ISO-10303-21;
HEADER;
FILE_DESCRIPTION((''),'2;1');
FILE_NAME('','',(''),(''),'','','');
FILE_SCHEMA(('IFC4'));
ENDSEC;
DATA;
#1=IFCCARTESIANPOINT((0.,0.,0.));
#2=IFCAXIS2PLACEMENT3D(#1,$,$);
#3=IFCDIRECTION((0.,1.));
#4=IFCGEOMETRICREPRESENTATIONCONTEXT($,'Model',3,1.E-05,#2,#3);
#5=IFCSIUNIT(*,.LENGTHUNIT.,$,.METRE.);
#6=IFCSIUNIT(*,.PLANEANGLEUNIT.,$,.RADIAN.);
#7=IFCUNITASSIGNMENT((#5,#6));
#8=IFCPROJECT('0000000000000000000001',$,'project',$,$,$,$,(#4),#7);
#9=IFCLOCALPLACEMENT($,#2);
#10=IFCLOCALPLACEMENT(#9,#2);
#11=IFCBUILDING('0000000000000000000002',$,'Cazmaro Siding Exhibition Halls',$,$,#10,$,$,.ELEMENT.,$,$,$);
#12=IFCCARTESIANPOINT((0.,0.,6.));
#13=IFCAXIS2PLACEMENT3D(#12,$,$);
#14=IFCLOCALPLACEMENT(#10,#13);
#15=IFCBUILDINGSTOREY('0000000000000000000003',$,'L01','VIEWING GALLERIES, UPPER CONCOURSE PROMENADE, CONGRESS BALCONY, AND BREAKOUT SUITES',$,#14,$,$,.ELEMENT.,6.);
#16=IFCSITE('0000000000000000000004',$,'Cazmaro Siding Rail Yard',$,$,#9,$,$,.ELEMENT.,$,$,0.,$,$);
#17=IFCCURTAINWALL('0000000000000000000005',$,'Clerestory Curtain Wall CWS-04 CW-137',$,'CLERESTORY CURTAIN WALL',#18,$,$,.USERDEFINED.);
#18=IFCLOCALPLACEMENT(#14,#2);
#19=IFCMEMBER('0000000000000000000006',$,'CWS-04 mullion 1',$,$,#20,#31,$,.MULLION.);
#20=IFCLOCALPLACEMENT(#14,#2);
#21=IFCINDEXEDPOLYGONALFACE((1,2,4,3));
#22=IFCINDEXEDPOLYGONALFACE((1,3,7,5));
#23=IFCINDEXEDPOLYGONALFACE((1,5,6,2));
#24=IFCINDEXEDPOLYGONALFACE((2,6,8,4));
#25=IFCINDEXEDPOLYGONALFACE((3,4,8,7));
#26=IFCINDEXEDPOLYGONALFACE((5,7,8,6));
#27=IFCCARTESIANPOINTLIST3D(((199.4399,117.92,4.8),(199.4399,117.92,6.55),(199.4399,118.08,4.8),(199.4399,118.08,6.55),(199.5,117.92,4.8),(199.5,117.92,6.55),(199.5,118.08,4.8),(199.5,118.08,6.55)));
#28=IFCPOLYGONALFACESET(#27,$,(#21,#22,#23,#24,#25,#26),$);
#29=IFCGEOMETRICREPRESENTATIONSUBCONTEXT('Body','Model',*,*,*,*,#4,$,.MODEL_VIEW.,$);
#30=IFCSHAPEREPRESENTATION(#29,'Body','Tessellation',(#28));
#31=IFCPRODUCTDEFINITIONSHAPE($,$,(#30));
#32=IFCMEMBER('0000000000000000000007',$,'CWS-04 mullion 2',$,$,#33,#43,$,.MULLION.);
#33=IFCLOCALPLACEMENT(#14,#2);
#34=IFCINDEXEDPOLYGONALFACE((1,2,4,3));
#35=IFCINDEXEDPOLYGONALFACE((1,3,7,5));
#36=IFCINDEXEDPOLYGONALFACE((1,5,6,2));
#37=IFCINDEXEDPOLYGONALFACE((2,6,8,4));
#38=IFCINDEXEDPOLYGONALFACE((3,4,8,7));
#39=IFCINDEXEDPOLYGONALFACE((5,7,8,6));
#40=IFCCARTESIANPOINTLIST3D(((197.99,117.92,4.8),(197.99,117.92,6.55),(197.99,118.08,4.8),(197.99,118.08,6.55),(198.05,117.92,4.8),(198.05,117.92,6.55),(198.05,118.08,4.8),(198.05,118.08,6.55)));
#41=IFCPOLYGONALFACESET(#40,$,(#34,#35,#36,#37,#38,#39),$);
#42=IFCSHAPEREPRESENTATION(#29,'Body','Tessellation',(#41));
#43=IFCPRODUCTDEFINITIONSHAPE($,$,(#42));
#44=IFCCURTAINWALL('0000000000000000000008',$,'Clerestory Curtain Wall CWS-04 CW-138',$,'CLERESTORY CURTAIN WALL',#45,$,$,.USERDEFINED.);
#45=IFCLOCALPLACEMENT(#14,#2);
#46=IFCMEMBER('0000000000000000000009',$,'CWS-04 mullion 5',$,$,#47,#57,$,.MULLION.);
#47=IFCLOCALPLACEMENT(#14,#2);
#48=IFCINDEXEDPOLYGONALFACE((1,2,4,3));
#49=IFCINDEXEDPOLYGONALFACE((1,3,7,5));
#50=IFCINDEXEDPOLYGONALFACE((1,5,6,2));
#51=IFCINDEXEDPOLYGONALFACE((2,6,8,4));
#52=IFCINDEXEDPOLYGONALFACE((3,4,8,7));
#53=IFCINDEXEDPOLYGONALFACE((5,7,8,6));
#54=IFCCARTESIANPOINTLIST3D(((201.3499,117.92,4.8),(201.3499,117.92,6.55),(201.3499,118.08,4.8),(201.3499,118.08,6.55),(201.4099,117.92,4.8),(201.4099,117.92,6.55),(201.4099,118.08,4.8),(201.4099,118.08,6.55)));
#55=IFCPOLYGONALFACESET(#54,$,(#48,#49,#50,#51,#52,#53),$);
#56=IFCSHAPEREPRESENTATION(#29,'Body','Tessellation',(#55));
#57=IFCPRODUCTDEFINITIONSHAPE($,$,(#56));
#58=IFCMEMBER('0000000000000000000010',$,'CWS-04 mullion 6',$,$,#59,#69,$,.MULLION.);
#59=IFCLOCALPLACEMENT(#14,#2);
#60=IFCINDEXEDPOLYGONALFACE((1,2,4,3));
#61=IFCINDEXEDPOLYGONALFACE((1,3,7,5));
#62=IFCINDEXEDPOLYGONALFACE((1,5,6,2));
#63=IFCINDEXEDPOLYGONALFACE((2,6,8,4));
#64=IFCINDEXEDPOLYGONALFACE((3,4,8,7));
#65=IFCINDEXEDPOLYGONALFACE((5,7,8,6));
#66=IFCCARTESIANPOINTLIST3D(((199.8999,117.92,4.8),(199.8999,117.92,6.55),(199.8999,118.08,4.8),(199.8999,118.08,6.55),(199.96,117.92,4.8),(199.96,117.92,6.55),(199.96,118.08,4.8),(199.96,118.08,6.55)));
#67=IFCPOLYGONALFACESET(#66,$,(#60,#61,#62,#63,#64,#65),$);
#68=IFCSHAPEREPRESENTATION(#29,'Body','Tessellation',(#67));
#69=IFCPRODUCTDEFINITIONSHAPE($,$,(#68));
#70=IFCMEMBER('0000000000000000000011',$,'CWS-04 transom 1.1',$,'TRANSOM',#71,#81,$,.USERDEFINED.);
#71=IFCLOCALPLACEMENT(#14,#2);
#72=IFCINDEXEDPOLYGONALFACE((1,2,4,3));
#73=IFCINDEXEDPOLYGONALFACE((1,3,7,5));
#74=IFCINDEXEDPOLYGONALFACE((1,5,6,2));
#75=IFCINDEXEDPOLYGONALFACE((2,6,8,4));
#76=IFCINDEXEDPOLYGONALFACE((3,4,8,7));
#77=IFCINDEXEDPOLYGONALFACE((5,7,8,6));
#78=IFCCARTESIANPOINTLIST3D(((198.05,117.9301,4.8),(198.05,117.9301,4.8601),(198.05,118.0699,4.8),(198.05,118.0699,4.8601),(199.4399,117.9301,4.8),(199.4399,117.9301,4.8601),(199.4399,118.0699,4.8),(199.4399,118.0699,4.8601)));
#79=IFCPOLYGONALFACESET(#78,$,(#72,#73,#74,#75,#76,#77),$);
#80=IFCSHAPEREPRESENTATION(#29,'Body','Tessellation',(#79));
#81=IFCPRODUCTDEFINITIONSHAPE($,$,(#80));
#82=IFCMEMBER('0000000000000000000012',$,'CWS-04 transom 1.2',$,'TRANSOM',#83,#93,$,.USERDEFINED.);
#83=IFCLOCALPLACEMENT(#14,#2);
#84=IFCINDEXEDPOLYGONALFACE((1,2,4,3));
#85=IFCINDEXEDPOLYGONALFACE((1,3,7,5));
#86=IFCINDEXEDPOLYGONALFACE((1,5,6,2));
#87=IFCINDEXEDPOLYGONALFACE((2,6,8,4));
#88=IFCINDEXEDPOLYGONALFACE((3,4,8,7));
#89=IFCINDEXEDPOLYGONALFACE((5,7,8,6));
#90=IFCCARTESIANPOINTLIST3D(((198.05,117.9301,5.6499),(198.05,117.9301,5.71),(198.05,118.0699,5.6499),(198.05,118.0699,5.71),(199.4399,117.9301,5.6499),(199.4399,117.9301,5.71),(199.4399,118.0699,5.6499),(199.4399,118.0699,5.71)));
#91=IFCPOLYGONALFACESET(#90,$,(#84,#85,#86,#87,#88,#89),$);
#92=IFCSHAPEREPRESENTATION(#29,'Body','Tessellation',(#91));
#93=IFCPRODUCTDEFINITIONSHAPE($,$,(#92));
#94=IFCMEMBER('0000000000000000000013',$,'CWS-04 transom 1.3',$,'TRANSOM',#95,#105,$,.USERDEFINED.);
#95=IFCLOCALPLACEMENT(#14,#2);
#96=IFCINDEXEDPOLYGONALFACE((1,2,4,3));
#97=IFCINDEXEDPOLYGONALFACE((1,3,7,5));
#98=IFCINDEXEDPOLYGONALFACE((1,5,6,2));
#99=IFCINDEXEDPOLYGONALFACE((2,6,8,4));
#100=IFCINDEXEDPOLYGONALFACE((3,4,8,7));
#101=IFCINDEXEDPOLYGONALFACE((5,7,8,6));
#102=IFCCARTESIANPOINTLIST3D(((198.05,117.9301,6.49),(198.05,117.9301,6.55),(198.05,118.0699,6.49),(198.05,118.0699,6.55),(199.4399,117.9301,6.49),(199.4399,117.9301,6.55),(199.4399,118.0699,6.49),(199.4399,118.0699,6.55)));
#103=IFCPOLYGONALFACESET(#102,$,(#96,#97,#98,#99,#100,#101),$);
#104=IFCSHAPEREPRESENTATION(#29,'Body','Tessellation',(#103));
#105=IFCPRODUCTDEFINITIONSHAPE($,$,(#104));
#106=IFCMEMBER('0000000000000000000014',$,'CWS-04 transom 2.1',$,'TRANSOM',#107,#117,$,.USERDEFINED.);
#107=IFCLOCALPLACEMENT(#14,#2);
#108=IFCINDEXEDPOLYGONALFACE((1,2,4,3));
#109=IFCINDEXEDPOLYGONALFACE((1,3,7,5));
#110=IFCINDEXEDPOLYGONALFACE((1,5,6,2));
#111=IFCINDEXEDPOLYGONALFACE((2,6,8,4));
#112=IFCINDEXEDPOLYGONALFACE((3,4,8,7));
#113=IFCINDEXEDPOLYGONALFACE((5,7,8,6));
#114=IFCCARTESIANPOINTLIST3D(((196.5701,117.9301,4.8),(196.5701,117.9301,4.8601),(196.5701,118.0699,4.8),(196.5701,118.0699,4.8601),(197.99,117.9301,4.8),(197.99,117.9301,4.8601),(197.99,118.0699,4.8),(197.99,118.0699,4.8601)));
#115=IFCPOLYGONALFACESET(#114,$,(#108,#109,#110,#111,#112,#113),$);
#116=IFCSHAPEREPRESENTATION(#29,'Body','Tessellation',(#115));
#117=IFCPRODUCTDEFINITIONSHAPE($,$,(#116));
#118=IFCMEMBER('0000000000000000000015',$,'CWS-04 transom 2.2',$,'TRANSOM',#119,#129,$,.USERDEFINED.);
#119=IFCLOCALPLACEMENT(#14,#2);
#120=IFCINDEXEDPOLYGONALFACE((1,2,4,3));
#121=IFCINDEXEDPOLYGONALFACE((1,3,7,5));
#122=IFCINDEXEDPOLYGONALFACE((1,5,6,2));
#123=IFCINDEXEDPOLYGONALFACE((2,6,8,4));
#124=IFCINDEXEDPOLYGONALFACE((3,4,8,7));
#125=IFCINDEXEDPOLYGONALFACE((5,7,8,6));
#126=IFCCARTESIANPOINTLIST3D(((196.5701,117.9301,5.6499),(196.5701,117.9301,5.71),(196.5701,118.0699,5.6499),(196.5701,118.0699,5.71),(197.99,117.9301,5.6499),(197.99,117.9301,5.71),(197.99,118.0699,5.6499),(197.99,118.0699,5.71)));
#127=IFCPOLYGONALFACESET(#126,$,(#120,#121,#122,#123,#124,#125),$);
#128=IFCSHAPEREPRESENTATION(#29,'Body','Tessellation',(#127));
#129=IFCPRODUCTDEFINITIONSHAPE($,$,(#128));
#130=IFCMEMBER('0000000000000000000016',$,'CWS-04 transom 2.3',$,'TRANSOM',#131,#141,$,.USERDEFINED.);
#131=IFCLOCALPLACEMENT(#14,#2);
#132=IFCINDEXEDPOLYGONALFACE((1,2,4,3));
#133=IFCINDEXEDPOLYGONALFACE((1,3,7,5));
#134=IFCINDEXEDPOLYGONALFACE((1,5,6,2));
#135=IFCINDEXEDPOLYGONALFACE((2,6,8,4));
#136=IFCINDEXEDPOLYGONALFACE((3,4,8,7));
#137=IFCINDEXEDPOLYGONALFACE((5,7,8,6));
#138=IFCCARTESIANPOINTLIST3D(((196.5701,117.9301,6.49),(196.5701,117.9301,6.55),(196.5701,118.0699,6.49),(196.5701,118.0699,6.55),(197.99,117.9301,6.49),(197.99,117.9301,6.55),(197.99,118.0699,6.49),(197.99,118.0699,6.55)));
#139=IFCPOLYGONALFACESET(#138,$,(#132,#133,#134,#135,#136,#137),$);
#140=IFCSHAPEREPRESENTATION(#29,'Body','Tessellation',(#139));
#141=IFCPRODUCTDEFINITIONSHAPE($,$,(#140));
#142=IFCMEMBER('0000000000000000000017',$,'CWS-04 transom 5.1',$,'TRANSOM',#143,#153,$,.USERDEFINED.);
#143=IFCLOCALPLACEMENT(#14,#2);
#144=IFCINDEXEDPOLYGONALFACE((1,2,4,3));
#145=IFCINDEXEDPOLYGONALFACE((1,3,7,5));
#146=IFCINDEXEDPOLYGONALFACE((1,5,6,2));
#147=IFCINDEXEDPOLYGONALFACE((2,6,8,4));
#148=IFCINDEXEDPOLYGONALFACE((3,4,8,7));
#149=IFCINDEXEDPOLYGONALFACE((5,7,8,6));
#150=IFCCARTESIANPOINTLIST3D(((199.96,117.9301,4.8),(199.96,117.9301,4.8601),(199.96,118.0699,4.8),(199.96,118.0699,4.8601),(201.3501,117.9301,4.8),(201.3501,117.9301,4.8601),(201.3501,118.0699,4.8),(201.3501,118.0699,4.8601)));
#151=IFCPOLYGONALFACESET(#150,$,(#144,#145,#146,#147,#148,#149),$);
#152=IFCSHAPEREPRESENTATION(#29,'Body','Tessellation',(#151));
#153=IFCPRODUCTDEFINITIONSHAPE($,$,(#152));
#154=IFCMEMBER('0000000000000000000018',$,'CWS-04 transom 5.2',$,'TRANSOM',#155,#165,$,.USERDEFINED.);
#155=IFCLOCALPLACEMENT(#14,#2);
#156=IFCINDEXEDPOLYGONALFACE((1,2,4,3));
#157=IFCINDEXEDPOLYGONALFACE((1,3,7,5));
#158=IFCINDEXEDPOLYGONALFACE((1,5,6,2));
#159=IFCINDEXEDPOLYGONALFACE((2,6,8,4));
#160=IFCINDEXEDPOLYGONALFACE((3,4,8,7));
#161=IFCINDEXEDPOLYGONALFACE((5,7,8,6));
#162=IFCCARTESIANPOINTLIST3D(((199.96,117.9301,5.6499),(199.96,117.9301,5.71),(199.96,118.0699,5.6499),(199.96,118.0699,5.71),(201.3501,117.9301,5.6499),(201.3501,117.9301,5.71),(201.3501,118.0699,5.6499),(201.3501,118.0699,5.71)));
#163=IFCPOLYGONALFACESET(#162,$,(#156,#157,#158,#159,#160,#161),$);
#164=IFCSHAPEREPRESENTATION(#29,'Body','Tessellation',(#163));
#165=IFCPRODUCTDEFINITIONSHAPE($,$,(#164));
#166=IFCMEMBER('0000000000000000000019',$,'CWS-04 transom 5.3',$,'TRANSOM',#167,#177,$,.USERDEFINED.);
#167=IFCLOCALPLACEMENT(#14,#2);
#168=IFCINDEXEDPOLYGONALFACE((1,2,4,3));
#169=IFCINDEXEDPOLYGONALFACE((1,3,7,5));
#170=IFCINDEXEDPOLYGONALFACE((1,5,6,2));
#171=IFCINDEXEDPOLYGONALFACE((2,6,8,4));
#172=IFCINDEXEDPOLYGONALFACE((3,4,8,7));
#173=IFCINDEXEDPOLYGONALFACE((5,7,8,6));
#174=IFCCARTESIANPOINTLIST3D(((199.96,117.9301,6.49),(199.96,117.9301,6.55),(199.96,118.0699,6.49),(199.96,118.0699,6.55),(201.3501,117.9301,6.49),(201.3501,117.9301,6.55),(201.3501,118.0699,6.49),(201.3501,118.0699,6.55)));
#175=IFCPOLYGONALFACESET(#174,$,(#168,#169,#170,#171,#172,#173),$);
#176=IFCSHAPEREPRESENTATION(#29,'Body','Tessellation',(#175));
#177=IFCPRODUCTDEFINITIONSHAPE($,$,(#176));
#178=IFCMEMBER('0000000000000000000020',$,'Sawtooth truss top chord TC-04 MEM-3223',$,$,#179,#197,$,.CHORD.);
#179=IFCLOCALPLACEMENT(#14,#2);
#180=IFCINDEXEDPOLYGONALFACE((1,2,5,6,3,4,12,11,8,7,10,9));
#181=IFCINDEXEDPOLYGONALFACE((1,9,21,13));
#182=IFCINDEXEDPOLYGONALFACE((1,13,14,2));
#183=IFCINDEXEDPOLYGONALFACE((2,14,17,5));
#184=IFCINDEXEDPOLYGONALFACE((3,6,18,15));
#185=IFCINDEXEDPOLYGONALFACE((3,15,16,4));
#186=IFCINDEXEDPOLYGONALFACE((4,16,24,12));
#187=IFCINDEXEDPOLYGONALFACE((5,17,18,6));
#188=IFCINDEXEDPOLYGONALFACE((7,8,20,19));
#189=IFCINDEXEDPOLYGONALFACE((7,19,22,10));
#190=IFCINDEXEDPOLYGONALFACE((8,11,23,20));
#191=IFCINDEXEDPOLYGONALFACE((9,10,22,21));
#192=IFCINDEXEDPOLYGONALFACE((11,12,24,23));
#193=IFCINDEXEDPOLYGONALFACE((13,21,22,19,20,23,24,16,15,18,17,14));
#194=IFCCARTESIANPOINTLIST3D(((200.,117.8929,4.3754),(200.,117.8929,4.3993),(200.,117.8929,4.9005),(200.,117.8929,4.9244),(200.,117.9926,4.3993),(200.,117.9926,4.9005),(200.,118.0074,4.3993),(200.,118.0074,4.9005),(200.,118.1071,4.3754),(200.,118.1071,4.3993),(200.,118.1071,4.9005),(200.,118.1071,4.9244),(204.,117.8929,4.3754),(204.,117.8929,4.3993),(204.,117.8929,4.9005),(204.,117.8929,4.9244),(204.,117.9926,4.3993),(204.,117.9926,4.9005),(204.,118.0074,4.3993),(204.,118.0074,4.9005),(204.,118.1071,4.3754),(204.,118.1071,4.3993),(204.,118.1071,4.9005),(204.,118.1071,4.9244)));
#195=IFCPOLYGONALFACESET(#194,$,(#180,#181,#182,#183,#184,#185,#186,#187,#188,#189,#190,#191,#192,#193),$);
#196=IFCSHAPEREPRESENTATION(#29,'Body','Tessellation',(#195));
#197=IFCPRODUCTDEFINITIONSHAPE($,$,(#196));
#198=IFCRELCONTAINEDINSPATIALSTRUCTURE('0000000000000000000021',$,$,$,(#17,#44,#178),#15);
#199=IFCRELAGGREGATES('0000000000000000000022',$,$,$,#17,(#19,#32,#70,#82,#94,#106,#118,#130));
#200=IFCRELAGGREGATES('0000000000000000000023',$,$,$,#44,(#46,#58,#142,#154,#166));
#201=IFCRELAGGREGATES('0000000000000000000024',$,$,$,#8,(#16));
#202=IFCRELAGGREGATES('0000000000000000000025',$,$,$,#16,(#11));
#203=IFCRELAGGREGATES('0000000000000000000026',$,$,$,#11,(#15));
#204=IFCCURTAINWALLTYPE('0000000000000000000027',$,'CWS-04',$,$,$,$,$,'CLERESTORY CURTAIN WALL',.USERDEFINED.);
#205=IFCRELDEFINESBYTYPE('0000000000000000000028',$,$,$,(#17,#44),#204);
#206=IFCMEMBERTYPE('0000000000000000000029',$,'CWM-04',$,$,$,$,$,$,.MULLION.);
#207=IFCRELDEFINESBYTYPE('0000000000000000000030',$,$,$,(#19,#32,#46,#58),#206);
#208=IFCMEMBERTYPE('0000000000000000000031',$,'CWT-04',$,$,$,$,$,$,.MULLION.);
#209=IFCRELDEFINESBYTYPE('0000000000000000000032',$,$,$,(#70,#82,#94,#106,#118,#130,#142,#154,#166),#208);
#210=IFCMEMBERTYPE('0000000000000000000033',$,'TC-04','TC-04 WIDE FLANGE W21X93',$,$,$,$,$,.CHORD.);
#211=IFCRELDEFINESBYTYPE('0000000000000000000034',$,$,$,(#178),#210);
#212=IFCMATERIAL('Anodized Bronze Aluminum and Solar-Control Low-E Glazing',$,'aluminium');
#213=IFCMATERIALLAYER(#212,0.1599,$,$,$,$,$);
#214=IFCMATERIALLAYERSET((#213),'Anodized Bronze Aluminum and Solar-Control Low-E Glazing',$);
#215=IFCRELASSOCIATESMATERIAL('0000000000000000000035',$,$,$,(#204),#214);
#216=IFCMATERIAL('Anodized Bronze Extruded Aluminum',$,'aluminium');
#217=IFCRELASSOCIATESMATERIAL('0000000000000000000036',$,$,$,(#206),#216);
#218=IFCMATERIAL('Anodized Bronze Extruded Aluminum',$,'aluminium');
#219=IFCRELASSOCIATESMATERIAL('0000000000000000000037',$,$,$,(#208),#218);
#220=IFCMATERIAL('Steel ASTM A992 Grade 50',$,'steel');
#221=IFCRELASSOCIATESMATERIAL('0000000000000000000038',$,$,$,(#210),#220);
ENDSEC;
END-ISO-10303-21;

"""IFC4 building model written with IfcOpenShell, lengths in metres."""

from ifc_helpers import new_model, si_unit, direction, frame, origin, origin_2d, place, context, subcontext, project, spatial, rectangle, i_section, extrude, material, layer, layer_set, material_profile, profile_set, type_object, element, aggregate, save


model = new_model("IFC4")

# Units and contexts
model_context = context("Model", 3, precision=1e-05, world=origin(), true_north=direction((0.0, 1.0)))
body_context = subcontext(model_context, "Body", "Model", "MODEL_VIEW")
ifc_project = project(units=[si_unit("LENGTHUNIT", "METRE"), si_unit("PLANEANGLEUNIT", "RADIAN")], contexts=[model_context])

# Site, building, storey
site_placement = place(None, origin())
site = spatial("IfcSite", under=ifc_project, at=site_placement, Name="Cazmaro Siding Rail Yard", CompositionType="ELEMENT", RefElevation=0.0)
building_placement = place(site_placement, origin())
building = spatial("IfcBuilding", under=site, at=building_placement, Name="Cazmaro Siding Exhibition Halls", CompositionType="ELEMENT")
storey_placement = place(building_placement, frame((0.0, 0.0, 6.0)))
storey = spatial("IfcBuildingStorey", under=building, at=storey_placement, Name="L01", Description="VIEWING GALLERIES, UPPER CONCOURSE PROMENADE, CONGRESS BALCONY, AND BREAKOUT SUITES", CompositionType="ELEMENT", Elevation=6.0)

# Curtain walls, members
ifc_material_1 = material(Name="Anodized Bronze Aluminum and Solar-Control Low-E Glazing", Category="aluminium")
ifc_layer_1 = layer(ifc_material_1, 0.1599)
ifc_layer_set_1 = layer_set([ifc_layer_1], Name="Anodized Bronze Aluminum and Solar-Control Low-E Glazing")
curtain_wall_type = type_object("IfcCurtainWallType", Name="CWS-04", ElementType="CLERESTORY CURTAIN WALL", PredefinedType="USERDEFINED", material=ifc_layer_set_1)
curtain_wall_1_placement = place(storey_placement, origin())
curtain_wall_1 = element("IfcCurtainWall", 1, at=curtain_wall_1_placement, inside=storey, type_object=curtain_wall_type, Name="Clerestory Curtain Wall CWS-04 CW-137", ObjectType="CLERESTORY CURTAIN WALL", PredefinedType="USERDEFINED")
ifc_material_2 = material(Name="Anodized Bronze Extruded Aluminum", Category="aluminium")
ifc_material_profile_1 = material_profile(ifc_material_2, rectangle(XDim=0.1599, YDim=0.0601, at=origin_2d()), Name="CWM-04")
ifc_profile_set_1 = profile_set([ifc_material_profile_1], Name="Anodized Bronze Extruded Aluminum")
member_type_1 = type_object("IfcMemberType", Name="CWM-04", PredefinedType="MULLION", material=ifc_profile_set_1)
member_1_placement = place(storey_placement, frame((199.47, 118.0, 4.8), z_axis=(0.0, 0.0, 1.0), x_axis=(0.0, -1.0, 0.0)))
member_1 = element("IfcMember", 2, at=member_1_placement, type_object=member_type_1, Name="CWS-04 mullion 1", PredefinedType="MULLION", context=body_context, shape_type="SweptSolid", body=[
    extrude(rectangle(XDim=0.1599, YDim=0.0601, at=origin_2d()), origin(), (0.0, 0.0, 1.0), 1.75),
])
member_2_placement = place(storey_placement, frame((198.02, 118.0, 4.8), z_axis=(0.0, 0.0, 1.0), x_axis=(0.0, -1.0, 0.0)))
member_2 = element("IfcMember", 3, at=member_2_placement, type_object=member_type_1, Name="CWS-04 mullion 2", PredefinedType="MULLION", context=body_context, shape_type="SweptSolid", body=[
    extrude(rectangle(XDim=0.1599, YDim=0.0601, at=origin_2d()), origin(), (0.0, 0.0, 1.0), 1.75),
])
curtain_wall_2_placement = place(storey_placement, origin())
curtain_wall_2 = element("IfcCurtainWall", 4, at=curtain_wall_2_placement, inside=storey, type_object=curtain_wall_type, Name="Clerestory Curtain Wall CWS-04 CW-138", ObjectType="CLERESTORY CURTAIN WALL", PredefinedType="USERDEFINED")
member_3_placement = place(storey_placement, frame((201.3799, 118.0, 4.8), z_axis=(0.0, 0.0, 1.0), x_axis=(0.0, -1.0, 0.0)))
member_3 = element("IfcMember", 5, at=member_3_placement, type_object=member_type_1, Name="CWS-04 mullion 5", PredefinedType="MULLION", context=body_context, shape_type="SweptSolid", body=[
    extrude(rectangle(XDim=0.1599, YDim=0.0601, at=origin_2d()), origin(), (0.0, 0.0, 1.0), 1.75),
])
member_4_placement = place(storey_placement, frame((199.9299, 118.0, 4.8), z_axis=(0.0, 0.0, 1.0), x_axis=(0.0, -1.0, 0.0)))
member_4 = element("IfcMember", 6, at=member_4_placement, type_object=member_type_1, Name="CWS-04 mullion 6", PredefinedType="MULLION", context=body_context, shape_type="SweptSolid", body=[
    extrude(rectangle(XDim=0.1599, YDim=0.0601, at=origin_2d()), origin(), (0.0, 0.0, 1.0), 1.75),
])

# Members
ifc_material_3 = material(Name="Anodized Bronze Extruded Aluminum", Category="aluminium")
ifc_material_profile_2 = material_profile(ifc_material_3, rectangle(XDim=0.1399, YDim=0.0601, at=origin_2d()), Name="CWT-04")
ifc_profile_set_2 = profile_set([ifc_material_profile_2], Name="Anodized Bronze Extruded Aluminum")
member_type_2 = type_object("IfcMemberType", Name="CWT-04", PredefinedType="MULLION", material=ifc_profile_set_2)
member_5_placement = place(storey_placement, frame((199.4399, 118.0, 4.8301), z_axis=(-1.0, 0.0, 0.0), x_axis=(0.0, -1.0, 0.0)))
member_5 = element("IfcMember", 7, at=member_5_placement, type_object=member_type_2, Name="CWS-04 transom 1.1", ObjectType="TRANSOM", PredefinedType="USERDEFINED", context=body_context, shape_type="SweptSolid", body=[
    extrude(rectangle(XDim=0.1399, YDim=0.0601, at=origin_2d()), origin(), (0.0, 0.0, 1.0), 1.3899),
])
member_6_placement = place(storey_placement, frame((199.4399, 118.0, 5.6799), z_axis=(-1.0, 0.0, 0.0), x_axis=(0.0, -1.0, 0.0)))
member_6 = element("IfcMember", 8, at=member_6_placement, type_object=member_type_2, Name="CWS-04 transom 1.2", ObjectType="TRANSOM", PredefinedType="USERDEFINED", context=body_context, shape_type="SweptSolid", body=[
    extrude(rectangle(XDim=0.1399, YDim=0.0601, at=origin_2d()), origin(), (0.0, 0.0, 1.0), 1.3899),
])
member_7_placement = place(storey_placement, frame((199.4399, 118.0, 6.52), z_axis=(-1.0, 0.0, 0.0), x_axis=(0.0, -1.0, 0.0)))
member_7 = element("IfcMember", 9, at=member_7_placement, type_object=member_type_2, Name="CWS-04 transom 1.3", ObjectType="TRANSOM", PredefinedType="USERDEFINED", context=body_context, shape_type="SweptSolid", body=[
    extrude(rectangle(XDim=0.1399, YDim=0.0601, at=origin_2d()), origin(), (0.0, 0.0, 1.0), 1.3899),
])
member_8_placement = place(storey_placement, frame((197.99, 118.0, 4.8301), z_axis=(-1.0, 0.0, 0.0), x_axis=(0.0, -1.0, 0.0)))
member_8 = element("IfcMember", 10, at=member_8_placement, type_object=member_type_2, Name="CWS-04 transom 2.1", ObjectType="TRANSOM", PredefinedType="USERDEFINED", context=body_context, shape_type="SweptSolid", body=[
    extrude(rectangle(XDim=0.1399, YDim=0.0601, at=origin_2d()), origin(), (0.0, 0.0, 1.0), 1.4199),
])
member_9_placement = place(storey_placement, frame((197.99, 118.0, 5.6799), z_axis=(-1.0, 0.0, 0.0), x_axis=(0.0, -1.0, 0.0)))
member_9 = element("IfcMember", 11, at=member_9_placement, type_object=member_type_2, Name="CWS-04 transom 2.2", ObjectType="TRANSOM", PredefinedType="USERDEFINED", context=body_context, shape_type="SweptSolid", body=[
    extrude(rectangle(XDim=0.1399, YDim=0.0601, at=origin_2d()), origin(), (0.0, 0.0, 1.0), 1.4199),
])
member_10_placement = place(storey_placement, frame((197.99, 118.0, 6.52), z_axis=(-1.0, 0.0, 0.0), x_axis=(0.0, -1.0, 0.0)))
member_10 = element("IfcMember", 12, at=member_10_placement, type_object=member_type_2, Name="CWS-04 transom 2.3", ObjectType="TRANSOM", PredefinedType="USERDEFINED", context=body_context, shape_type="SweptSolid", body=[
    extrude(rectangle(XDim=0.1399, YDim=0.0601, at=origin_2d()), origin(), (0.0, 0.0, 1.0), 1.4199),
])
member_11_placement = place(storey_placement, frame((201.3501, 118.0, 4.8301), z_axis=(-1.0, 0.0, 0.0), x_axis=(0.0, -1.0, 0.0)))
member_11 = element("IfcMember", 13, at=member_11_placement, type_object=member_type_2, Name="CWS-04 transom 5.1", ObjectType="TRANSOM", PredefinedType="USERDEFINED", context=body_context, shape_type="SweptSolid", body=[
    extrude(rectangle(XDim=0.1399, YDim=0.0601, at=origin_2d()), origin(), (0.0, 0.0, 1.0), 1.3901),
])
member_12_placement = place(storey_placement, frame((201.3501, 118.0, 5.6799), z_axis=(-1.0, 0.0, 0.0), x_axis=(0.0, -1.0, 0.0)))
member_12 = element("IfcMember", 14, at=member_12_placement, type_object=member_type_2, Name="CWS-04 transom 5.2", ObjectType="TRANSOM", PredefinedType="USERDEFINED", context=body_context, shape_type="SweptSolid", body=[
    extrude(rectangle(XDim=0.1399, YDim=0.0601, at=origin_2d()), origin(), (0.0, 0.0, 1.0), 1.3901),
])
member_13_placement = place(storey_placement, frame((201.3501, 118.0, 6.52), z_axis=(-1.0, 0.0, 0.0), x_axis=(0.0, -1.0, 0.0)))
member_13 = element("IfcMember", 15, at=member_13_placement, type_object=member_type_2, Name="CWS-04 transom 5.3", ObjectType="TRANSOM", PredefinedType="USERDEFINED", context=body_context, shape_type="SweptSolid", body=[
    extrude(rectangle(XDim=0.1399, YDim=0.0601, at=origin_2d()), origin(), (0.0, 0.0, 1.0), 1.3901),
])

# Member
ifc_material_4 = material(Name="Steel ASTM A992 Grade 50", Category="steel")
ifc_material_profile_3 = material_profile(ifc_material_4, i_section(OverallWidth=0.2141, OverallDepth=0.5491, WebThickness=0.0149, FlangeThickness=0.0239, at=origin_2d()), Name="W21X93")
ifc_profile_set_3 = profile_set([ifc_material_profile_3], Name="Steel ASTM A992 Grade 50")
member_type_3 = type_object("IfcMemberType", Name="TC-04", Description="TC-04 WIDE FLANGE W21X93", PredefinedType="CHORD", material=ifc_profile_set_3)
member_14_placement = place(storey_placement, frame((200.0, 118.0, 4.6499), z_axis=(1.0, 0.0, 0.0), x_axis=(0.0, 1.0, 0.0)))
element("IfcMember", 16, at=member_14_placement, inside=storey, type_object=member_type_3, Name="Sawtooth truss top chord TC-04 MEM-3223", PredefinedType="CHORD", context=body_context, shape_type="SweptSolid", body=[
    extrude(i_section(OverallWidth=0.2141, OverallDepth=0.5491, WebThickness=0.0149, FlangeThickness=0.0239, at=origin_2d()), origin(), (0.0, 0.0, 1.0), 4.0),
])

aggregate(curtain_wall_1, [member_1, member_2, member_5, member_6, member_7, member_8, member_9, member_10])
aggregate(curtain_wall_2, [member_3, member_4, member_11, member_12, member_13])

save(model, "model.ifc")
